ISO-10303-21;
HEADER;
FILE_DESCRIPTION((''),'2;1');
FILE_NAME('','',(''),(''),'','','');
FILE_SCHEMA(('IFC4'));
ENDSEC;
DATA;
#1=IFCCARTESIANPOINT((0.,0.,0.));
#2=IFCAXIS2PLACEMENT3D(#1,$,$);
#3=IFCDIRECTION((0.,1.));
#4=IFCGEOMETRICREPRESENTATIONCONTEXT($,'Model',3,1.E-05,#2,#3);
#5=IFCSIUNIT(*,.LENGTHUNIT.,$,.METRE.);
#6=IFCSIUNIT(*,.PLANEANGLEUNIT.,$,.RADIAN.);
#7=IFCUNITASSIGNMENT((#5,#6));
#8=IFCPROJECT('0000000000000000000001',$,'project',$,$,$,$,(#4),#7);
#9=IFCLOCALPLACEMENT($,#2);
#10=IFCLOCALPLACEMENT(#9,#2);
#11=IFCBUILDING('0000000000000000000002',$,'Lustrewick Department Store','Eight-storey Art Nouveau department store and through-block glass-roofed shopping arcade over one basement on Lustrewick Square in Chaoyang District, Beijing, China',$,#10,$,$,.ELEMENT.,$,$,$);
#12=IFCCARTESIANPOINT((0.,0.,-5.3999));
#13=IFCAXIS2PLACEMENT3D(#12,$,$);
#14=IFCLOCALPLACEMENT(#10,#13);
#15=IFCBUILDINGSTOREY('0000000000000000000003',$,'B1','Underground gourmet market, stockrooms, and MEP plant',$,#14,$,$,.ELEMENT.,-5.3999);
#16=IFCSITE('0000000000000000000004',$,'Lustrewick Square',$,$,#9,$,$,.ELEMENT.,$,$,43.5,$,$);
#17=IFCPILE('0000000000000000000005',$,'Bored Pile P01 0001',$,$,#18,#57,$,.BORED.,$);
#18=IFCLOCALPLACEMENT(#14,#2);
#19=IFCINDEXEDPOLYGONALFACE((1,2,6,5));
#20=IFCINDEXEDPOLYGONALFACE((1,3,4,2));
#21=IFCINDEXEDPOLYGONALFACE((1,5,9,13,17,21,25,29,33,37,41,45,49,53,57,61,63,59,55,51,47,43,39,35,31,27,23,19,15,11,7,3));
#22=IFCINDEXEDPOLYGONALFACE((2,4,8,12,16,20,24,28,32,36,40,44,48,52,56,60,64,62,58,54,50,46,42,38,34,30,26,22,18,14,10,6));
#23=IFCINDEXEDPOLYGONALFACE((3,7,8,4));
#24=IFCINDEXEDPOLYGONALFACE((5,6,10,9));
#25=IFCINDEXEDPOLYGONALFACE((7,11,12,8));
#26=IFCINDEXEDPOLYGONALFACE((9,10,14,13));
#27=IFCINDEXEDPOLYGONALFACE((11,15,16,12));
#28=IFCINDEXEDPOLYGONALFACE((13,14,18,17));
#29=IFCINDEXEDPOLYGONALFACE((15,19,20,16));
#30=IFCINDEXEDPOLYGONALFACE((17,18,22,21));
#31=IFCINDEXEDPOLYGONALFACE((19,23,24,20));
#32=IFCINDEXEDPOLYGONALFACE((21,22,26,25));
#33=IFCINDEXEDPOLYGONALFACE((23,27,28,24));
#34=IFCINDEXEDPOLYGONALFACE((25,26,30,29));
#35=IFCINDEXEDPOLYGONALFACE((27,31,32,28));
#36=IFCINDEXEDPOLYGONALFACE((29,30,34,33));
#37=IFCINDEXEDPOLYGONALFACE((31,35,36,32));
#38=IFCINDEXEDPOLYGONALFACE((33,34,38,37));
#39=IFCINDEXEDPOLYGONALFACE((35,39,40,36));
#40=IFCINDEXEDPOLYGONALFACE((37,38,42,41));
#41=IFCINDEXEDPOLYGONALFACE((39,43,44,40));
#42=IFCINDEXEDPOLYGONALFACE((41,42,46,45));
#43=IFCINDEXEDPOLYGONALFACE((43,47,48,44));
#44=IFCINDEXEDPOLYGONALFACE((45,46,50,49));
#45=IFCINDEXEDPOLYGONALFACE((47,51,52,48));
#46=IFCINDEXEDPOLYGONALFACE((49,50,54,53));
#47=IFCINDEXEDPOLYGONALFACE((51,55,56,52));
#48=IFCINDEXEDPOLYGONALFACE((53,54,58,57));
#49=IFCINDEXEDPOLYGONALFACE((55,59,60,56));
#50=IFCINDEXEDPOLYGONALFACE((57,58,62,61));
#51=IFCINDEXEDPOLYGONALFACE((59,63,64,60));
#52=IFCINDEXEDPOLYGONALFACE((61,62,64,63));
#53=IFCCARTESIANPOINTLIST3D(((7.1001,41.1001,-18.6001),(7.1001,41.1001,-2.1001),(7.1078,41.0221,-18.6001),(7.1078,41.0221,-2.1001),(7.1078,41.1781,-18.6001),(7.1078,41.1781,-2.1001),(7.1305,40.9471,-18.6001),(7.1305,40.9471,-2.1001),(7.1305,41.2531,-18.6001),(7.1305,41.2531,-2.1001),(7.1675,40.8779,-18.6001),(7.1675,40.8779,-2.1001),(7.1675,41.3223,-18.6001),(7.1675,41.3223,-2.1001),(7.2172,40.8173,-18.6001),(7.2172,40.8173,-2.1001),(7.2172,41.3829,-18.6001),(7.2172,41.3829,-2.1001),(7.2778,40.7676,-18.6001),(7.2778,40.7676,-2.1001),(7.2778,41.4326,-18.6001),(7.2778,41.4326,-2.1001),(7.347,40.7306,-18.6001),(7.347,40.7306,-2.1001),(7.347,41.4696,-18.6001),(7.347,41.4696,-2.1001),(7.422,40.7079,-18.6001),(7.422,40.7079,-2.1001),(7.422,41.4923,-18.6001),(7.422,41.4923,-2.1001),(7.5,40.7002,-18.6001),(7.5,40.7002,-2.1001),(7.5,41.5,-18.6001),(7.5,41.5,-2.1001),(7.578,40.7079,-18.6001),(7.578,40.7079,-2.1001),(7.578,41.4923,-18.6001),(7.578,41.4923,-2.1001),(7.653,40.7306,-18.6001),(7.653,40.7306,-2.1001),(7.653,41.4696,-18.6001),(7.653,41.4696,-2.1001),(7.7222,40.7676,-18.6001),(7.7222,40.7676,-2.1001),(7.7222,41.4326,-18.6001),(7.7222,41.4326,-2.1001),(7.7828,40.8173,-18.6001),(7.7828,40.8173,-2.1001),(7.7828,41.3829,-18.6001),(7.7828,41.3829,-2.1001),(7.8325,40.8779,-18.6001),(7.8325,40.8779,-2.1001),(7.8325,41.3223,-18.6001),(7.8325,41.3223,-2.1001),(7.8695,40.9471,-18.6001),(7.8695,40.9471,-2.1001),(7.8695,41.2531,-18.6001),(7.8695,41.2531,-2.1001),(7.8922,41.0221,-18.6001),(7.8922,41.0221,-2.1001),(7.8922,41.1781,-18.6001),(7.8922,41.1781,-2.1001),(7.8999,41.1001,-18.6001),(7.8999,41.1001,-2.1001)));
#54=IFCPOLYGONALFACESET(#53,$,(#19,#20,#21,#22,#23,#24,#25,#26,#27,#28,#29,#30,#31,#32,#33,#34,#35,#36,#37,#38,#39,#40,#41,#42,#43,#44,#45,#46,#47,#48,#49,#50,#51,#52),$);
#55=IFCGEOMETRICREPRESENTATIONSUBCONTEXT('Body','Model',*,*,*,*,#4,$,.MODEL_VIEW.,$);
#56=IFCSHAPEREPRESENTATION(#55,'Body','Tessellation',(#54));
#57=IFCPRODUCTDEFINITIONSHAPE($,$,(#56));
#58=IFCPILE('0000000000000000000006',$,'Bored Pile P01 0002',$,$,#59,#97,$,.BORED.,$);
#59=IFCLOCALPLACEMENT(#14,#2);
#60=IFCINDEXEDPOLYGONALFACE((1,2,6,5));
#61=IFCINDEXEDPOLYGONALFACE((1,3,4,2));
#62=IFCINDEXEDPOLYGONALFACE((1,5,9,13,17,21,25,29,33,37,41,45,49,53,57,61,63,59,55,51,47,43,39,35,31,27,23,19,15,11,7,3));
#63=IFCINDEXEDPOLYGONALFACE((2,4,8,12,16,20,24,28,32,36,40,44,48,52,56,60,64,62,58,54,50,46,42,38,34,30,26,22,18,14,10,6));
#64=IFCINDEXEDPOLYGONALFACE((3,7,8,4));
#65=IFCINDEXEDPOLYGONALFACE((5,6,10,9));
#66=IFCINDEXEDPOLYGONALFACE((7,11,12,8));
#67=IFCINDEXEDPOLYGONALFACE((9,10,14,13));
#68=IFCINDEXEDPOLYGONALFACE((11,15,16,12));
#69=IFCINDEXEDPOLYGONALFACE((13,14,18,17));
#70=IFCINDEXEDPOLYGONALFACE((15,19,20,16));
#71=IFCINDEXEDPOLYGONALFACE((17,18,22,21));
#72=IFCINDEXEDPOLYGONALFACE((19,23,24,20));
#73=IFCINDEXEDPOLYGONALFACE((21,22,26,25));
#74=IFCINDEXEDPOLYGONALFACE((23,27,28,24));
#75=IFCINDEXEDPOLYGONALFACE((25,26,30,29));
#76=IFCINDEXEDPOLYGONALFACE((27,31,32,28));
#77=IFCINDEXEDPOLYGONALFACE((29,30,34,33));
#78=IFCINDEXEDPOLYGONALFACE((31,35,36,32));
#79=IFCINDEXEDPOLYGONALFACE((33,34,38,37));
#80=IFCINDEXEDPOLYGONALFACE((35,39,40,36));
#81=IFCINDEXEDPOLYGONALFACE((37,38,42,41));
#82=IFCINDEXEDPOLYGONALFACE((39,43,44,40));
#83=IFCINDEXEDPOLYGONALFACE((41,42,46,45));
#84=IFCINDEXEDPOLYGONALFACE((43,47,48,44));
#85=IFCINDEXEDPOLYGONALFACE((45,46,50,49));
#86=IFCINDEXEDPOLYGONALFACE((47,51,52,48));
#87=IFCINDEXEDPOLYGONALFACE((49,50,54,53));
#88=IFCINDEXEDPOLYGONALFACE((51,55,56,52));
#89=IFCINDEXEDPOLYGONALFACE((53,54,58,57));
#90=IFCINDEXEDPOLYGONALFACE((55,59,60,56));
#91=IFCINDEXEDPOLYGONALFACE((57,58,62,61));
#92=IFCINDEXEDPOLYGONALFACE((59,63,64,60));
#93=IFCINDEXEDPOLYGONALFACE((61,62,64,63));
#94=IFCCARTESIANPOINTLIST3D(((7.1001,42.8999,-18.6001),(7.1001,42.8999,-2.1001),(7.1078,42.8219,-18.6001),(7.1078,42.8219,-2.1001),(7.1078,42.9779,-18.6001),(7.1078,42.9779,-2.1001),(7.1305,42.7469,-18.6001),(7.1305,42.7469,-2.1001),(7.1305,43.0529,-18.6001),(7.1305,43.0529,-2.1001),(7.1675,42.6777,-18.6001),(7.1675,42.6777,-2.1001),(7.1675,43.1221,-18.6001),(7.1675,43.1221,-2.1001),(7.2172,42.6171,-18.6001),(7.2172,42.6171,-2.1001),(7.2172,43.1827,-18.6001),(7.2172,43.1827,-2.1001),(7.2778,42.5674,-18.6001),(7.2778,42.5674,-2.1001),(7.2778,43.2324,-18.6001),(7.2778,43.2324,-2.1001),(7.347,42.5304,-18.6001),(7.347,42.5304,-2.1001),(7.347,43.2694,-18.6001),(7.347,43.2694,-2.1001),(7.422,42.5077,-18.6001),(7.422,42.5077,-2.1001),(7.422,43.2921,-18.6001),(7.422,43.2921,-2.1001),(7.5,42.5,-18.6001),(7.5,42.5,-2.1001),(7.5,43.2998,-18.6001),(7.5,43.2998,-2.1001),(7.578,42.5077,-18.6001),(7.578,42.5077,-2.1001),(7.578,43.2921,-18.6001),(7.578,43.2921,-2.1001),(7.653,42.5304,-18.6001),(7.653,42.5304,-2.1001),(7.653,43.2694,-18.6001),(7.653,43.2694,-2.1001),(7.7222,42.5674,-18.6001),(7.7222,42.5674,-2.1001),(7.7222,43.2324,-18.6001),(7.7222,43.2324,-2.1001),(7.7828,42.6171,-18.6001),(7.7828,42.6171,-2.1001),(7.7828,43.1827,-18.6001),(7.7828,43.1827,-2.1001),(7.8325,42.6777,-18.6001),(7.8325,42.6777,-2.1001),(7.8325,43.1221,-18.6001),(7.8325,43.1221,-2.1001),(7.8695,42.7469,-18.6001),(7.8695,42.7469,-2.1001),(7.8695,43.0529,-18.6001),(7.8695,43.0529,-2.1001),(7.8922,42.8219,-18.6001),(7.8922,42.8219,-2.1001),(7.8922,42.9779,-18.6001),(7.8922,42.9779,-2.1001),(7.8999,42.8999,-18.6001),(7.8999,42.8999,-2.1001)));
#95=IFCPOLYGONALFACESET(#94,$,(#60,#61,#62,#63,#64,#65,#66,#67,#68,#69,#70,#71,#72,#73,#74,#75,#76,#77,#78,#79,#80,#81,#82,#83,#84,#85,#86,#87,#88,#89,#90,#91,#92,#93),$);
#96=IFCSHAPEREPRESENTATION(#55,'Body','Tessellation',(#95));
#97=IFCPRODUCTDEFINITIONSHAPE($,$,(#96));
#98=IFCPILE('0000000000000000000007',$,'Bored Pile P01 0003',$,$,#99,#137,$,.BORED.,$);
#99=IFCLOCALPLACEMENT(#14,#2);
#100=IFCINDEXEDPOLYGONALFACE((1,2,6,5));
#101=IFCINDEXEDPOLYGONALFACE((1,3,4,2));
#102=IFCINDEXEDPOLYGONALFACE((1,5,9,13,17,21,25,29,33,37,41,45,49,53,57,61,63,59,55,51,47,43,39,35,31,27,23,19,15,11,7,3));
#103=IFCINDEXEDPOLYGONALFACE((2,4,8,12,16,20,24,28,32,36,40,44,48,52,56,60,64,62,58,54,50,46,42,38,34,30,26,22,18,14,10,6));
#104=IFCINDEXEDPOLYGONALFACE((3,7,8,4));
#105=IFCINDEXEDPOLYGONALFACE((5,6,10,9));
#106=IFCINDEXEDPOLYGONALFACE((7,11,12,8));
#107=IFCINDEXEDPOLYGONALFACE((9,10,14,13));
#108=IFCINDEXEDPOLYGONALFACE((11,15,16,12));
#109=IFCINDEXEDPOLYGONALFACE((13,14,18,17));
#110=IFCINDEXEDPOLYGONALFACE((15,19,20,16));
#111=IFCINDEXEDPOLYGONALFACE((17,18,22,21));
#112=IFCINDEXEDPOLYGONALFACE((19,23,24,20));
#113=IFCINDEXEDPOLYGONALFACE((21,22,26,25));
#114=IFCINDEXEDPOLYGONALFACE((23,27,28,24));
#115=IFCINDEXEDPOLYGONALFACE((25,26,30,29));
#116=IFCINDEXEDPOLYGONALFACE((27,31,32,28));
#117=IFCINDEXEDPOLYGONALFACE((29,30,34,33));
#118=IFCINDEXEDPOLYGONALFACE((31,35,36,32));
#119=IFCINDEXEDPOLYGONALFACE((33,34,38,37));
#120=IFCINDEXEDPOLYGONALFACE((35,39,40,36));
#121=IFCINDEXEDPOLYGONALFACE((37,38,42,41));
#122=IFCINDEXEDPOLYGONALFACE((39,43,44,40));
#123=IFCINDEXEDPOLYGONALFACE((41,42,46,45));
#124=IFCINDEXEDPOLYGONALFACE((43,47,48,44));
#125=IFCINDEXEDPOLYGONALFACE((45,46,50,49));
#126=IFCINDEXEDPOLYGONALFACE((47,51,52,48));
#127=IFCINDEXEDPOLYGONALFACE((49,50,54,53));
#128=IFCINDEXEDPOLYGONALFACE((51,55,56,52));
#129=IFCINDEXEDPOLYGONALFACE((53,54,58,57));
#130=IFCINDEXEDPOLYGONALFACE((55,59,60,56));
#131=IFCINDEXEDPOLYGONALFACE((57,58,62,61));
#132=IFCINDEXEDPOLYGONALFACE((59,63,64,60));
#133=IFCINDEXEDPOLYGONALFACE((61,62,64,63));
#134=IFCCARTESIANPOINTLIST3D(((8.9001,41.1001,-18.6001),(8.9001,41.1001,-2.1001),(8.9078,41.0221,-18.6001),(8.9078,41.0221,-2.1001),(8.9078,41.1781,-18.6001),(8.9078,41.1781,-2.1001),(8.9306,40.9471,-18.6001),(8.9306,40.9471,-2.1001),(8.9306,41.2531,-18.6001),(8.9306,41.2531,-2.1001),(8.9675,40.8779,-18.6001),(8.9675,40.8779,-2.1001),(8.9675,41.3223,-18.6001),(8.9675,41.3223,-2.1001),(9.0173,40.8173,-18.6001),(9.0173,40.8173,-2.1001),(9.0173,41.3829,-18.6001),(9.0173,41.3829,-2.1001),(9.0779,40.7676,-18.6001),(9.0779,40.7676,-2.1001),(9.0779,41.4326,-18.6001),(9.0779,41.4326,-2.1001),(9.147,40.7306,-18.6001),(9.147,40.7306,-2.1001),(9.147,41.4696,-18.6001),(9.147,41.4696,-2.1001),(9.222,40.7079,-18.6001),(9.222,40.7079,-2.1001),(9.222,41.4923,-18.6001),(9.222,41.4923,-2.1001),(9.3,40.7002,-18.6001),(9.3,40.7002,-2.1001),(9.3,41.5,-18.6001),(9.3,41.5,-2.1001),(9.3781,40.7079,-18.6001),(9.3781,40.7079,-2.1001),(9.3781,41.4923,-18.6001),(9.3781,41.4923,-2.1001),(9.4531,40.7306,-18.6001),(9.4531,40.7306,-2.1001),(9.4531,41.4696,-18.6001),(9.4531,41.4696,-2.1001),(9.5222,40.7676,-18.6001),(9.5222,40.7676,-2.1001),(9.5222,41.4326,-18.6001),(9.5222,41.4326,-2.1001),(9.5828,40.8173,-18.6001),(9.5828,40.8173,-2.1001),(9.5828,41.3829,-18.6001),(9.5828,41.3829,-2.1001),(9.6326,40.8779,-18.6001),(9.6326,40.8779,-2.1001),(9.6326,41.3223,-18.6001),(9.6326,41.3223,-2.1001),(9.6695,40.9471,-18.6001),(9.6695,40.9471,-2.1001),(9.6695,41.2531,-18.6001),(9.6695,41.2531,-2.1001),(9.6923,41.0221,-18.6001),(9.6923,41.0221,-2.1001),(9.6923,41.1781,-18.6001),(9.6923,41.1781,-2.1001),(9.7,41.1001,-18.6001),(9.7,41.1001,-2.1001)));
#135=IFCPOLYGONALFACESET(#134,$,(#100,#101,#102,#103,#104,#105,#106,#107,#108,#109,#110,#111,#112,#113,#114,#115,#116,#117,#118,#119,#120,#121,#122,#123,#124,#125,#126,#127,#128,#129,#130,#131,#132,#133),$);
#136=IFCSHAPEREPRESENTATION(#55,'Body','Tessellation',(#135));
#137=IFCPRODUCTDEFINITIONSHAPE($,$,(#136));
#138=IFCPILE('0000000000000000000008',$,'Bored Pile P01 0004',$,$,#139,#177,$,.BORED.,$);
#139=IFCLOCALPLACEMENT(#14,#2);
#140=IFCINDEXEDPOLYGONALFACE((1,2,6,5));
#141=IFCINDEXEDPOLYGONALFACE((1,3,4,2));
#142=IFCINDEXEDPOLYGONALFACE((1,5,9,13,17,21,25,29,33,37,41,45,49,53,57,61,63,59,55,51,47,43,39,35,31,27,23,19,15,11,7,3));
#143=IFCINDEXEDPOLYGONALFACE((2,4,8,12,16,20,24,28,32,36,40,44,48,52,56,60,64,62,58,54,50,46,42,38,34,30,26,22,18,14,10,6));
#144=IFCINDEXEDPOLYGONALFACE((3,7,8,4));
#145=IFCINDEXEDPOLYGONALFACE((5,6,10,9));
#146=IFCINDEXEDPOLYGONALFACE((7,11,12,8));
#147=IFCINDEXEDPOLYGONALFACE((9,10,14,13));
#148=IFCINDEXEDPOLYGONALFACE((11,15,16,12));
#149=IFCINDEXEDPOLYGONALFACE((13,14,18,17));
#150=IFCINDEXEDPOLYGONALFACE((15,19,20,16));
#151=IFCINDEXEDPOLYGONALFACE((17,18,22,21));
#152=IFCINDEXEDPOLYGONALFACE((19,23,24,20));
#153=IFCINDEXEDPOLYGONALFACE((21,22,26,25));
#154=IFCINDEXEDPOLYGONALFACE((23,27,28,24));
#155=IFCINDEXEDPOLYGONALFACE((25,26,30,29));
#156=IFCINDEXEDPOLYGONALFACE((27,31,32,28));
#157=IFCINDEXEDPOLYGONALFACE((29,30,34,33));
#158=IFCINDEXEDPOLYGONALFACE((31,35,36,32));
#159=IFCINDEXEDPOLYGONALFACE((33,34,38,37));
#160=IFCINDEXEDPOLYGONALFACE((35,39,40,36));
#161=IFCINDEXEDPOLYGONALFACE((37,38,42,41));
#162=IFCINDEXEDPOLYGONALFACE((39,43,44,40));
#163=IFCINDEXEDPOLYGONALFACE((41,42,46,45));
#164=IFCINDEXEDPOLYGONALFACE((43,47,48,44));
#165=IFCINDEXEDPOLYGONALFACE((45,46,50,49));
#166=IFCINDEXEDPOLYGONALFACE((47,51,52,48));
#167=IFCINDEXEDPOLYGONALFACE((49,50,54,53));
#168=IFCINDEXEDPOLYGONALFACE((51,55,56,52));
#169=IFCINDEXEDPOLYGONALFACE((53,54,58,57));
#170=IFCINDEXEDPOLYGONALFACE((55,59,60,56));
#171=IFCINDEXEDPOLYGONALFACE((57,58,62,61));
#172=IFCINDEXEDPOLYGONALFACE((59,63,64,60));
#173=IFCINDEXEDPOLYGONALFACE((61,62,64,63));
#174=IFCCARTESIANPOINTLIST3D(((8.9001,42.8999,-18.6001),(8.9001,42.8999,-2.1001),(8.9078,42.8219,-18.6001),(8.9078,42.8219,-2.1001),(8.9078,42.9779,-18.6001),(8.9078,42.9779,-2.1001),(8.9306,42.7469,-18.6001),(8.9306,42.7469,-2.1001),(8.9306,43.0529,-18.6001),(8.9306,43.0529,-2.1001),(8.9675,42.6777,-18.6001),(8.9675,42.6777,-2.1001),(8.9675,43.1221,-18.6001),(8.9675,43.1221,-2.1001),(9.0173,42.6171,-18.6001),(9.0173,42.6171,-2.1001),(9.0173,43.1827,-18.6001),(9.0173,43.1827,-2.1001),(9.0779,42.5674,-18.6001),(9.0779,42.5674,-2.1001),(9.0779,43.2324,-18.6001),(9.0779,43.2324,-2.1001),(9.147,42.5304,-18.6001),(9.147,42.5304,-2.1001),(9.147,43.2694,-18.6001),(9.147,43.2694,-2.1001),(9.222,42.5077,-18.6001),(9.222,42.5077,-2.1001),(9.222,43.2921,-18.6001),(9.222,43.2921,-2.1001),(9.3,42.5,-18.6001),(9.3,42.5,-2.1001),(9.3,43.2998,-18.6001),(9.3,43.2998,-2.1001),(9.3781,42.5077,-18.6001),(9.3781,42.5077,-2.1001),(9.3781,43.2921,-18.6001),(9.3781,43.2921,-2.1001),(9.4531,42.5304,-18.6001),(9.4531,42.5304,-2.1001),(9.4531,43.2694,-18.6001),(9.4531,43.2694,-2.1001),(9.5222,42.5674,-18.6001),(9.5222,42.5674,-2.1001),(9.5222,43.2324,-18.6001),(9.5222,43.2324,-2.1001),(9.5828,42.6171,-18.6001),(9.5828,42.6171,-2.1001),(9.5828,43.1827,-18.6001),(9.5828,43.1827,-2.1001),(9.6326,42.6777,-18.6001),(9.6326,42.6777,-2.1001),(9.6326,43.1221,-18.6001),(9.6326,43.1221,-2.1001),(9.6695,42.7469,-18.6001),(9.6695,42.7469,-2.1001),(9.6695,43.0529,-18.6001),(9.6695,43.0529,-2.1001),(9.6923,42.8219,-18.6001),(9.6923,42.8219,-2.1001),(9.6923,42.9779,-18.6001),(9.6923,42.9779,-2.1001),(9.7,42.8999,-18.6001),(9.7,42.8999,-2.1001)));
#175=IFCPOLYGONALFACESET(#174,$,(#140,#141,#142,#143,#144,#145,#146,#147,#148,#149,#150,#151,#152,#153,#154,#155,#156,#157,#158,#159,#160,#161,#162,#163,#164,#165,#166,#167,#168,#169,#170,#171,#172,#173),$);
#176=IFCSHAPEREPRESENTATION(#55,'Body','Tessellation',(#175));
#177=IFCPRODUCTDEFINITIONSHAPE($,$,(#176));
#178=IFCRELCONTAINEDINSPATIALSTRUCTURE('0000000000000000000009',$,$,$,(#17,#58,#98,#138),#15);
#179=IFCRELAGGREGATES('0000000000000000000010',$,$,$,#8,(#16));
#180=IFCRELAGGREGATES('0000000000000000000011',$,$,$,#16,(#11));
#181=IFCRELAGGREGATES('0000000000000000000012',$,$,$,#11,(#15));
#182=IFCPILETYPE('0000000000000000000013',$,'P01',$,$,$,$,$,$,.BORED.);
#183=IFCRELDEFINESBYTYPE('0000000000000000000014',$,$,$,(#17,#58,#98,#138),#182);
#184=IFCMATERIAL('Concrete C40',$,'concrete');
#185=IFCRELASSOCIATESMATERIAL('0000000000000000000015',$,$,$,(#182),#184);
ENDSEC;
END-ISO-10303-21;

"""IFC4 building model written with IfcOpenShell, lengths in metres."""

from ifc_helpers import new_model, si_unit, direction, frame, origin, origin_2d, place, context, subcontext, project, spatial, circle, extrude, material, material_profile, profile_set, type_object, element, save


model = new_model("IFC4")

# Units and contexts
model_context = context("Model", 3, precision=1e-05, world=origin(), true_north=direction((0.0, 1.0)))
body_context = subcontext(model_context, "Body", "Model", "MODEL_VIEW")
ifc_project = project(units=[si_unit("LENGTHUNIT", "METRE"), si_unit("PLANEANGLEUNIT", "RADIAN")], contexts=[model_context])

# Site, building, storey
site_placement = place(None, origin())
site = spatial("IfcSite", under=ifc_project, at=site_placement, Name="Lustrewick Square", CompositionType="ELEMENT", RefElevation=43.5)
building_placement = place(site_placement, origin())
building = spatial("IfcBuilding", under=site, at=building_placement, Name="Lustrewick Department Store", Description="Eight-storey Art Nouveau department store and through-block glass-roofed shopping arcade over one basement on Lustrewick Square in Chaoyang District, Beijing, China", CompositionType="ELEMENT")
storey_placement = place(building_placement, frame((0.0, 0.0, -5.3999)))
storey = spatial("IfcBuildingStorey", under=building, at=storey_placement, Name="B1", Description="Underground gourmet market, stockrooms, and MEP plant", CompositionType="ELEMENT", Elevation=-5.3999)

# Piles
ifc_material_1 = material(Name="Concrete C40", Category="concrete")
ifc_material_profile_1 = material_profile(ifc_material_1, circle(Radius=0.3999, at=origin_2d()), Name="PILE D800")
ifc_profile_set_1 = profile_set([ifc_material_profile_1], Name="Concrete C40")
pile_type_1 = type_object("IfcPileType", Name="P01", PredefinedType="BORED", material=ifc_profile_set_1)
for number, where, z_axis, x_axis, name in (
    (1, (7.5, 41.1001, -2.1001), (0.0, 0.0, -1.0), (1.0, 0.0, 0.0), "Bored Pile P01 0001"),
    (2, (7.5, 42.8999, -2.1001), (0.0, 0.0, -1.0), (1.0, 0.0, 0.0), "Bored Pile P01 0002"),
    (3, (9.3, 41.1001, -2.1001), (0.0, 0.0, -1.0), (1.0, 0.0, 0.0), "Bored Pile P01 0003"),
    (4, (9.3, 42.8999, -2.1001), (0.0, 0.0, -1.0), (1.0, 0.0, 0.0), "Bored Pile P01 0004"),
):
    element("IfcPile", number, at=place(storey_placement, frame(where, z_axis=z_axis, x_axis=x_axis)), inside=storey, type_object=pile_type_1, Name=name, PredefinedType="BORED", context=body_context, shape_type="SweptSolid", body=[
        extrude(circle(Radius=0.3999, at=origin_2d()), origin(), (0.0, 0.0, 1.0), 16.5),
    ])

save(model, "model.ifc")
